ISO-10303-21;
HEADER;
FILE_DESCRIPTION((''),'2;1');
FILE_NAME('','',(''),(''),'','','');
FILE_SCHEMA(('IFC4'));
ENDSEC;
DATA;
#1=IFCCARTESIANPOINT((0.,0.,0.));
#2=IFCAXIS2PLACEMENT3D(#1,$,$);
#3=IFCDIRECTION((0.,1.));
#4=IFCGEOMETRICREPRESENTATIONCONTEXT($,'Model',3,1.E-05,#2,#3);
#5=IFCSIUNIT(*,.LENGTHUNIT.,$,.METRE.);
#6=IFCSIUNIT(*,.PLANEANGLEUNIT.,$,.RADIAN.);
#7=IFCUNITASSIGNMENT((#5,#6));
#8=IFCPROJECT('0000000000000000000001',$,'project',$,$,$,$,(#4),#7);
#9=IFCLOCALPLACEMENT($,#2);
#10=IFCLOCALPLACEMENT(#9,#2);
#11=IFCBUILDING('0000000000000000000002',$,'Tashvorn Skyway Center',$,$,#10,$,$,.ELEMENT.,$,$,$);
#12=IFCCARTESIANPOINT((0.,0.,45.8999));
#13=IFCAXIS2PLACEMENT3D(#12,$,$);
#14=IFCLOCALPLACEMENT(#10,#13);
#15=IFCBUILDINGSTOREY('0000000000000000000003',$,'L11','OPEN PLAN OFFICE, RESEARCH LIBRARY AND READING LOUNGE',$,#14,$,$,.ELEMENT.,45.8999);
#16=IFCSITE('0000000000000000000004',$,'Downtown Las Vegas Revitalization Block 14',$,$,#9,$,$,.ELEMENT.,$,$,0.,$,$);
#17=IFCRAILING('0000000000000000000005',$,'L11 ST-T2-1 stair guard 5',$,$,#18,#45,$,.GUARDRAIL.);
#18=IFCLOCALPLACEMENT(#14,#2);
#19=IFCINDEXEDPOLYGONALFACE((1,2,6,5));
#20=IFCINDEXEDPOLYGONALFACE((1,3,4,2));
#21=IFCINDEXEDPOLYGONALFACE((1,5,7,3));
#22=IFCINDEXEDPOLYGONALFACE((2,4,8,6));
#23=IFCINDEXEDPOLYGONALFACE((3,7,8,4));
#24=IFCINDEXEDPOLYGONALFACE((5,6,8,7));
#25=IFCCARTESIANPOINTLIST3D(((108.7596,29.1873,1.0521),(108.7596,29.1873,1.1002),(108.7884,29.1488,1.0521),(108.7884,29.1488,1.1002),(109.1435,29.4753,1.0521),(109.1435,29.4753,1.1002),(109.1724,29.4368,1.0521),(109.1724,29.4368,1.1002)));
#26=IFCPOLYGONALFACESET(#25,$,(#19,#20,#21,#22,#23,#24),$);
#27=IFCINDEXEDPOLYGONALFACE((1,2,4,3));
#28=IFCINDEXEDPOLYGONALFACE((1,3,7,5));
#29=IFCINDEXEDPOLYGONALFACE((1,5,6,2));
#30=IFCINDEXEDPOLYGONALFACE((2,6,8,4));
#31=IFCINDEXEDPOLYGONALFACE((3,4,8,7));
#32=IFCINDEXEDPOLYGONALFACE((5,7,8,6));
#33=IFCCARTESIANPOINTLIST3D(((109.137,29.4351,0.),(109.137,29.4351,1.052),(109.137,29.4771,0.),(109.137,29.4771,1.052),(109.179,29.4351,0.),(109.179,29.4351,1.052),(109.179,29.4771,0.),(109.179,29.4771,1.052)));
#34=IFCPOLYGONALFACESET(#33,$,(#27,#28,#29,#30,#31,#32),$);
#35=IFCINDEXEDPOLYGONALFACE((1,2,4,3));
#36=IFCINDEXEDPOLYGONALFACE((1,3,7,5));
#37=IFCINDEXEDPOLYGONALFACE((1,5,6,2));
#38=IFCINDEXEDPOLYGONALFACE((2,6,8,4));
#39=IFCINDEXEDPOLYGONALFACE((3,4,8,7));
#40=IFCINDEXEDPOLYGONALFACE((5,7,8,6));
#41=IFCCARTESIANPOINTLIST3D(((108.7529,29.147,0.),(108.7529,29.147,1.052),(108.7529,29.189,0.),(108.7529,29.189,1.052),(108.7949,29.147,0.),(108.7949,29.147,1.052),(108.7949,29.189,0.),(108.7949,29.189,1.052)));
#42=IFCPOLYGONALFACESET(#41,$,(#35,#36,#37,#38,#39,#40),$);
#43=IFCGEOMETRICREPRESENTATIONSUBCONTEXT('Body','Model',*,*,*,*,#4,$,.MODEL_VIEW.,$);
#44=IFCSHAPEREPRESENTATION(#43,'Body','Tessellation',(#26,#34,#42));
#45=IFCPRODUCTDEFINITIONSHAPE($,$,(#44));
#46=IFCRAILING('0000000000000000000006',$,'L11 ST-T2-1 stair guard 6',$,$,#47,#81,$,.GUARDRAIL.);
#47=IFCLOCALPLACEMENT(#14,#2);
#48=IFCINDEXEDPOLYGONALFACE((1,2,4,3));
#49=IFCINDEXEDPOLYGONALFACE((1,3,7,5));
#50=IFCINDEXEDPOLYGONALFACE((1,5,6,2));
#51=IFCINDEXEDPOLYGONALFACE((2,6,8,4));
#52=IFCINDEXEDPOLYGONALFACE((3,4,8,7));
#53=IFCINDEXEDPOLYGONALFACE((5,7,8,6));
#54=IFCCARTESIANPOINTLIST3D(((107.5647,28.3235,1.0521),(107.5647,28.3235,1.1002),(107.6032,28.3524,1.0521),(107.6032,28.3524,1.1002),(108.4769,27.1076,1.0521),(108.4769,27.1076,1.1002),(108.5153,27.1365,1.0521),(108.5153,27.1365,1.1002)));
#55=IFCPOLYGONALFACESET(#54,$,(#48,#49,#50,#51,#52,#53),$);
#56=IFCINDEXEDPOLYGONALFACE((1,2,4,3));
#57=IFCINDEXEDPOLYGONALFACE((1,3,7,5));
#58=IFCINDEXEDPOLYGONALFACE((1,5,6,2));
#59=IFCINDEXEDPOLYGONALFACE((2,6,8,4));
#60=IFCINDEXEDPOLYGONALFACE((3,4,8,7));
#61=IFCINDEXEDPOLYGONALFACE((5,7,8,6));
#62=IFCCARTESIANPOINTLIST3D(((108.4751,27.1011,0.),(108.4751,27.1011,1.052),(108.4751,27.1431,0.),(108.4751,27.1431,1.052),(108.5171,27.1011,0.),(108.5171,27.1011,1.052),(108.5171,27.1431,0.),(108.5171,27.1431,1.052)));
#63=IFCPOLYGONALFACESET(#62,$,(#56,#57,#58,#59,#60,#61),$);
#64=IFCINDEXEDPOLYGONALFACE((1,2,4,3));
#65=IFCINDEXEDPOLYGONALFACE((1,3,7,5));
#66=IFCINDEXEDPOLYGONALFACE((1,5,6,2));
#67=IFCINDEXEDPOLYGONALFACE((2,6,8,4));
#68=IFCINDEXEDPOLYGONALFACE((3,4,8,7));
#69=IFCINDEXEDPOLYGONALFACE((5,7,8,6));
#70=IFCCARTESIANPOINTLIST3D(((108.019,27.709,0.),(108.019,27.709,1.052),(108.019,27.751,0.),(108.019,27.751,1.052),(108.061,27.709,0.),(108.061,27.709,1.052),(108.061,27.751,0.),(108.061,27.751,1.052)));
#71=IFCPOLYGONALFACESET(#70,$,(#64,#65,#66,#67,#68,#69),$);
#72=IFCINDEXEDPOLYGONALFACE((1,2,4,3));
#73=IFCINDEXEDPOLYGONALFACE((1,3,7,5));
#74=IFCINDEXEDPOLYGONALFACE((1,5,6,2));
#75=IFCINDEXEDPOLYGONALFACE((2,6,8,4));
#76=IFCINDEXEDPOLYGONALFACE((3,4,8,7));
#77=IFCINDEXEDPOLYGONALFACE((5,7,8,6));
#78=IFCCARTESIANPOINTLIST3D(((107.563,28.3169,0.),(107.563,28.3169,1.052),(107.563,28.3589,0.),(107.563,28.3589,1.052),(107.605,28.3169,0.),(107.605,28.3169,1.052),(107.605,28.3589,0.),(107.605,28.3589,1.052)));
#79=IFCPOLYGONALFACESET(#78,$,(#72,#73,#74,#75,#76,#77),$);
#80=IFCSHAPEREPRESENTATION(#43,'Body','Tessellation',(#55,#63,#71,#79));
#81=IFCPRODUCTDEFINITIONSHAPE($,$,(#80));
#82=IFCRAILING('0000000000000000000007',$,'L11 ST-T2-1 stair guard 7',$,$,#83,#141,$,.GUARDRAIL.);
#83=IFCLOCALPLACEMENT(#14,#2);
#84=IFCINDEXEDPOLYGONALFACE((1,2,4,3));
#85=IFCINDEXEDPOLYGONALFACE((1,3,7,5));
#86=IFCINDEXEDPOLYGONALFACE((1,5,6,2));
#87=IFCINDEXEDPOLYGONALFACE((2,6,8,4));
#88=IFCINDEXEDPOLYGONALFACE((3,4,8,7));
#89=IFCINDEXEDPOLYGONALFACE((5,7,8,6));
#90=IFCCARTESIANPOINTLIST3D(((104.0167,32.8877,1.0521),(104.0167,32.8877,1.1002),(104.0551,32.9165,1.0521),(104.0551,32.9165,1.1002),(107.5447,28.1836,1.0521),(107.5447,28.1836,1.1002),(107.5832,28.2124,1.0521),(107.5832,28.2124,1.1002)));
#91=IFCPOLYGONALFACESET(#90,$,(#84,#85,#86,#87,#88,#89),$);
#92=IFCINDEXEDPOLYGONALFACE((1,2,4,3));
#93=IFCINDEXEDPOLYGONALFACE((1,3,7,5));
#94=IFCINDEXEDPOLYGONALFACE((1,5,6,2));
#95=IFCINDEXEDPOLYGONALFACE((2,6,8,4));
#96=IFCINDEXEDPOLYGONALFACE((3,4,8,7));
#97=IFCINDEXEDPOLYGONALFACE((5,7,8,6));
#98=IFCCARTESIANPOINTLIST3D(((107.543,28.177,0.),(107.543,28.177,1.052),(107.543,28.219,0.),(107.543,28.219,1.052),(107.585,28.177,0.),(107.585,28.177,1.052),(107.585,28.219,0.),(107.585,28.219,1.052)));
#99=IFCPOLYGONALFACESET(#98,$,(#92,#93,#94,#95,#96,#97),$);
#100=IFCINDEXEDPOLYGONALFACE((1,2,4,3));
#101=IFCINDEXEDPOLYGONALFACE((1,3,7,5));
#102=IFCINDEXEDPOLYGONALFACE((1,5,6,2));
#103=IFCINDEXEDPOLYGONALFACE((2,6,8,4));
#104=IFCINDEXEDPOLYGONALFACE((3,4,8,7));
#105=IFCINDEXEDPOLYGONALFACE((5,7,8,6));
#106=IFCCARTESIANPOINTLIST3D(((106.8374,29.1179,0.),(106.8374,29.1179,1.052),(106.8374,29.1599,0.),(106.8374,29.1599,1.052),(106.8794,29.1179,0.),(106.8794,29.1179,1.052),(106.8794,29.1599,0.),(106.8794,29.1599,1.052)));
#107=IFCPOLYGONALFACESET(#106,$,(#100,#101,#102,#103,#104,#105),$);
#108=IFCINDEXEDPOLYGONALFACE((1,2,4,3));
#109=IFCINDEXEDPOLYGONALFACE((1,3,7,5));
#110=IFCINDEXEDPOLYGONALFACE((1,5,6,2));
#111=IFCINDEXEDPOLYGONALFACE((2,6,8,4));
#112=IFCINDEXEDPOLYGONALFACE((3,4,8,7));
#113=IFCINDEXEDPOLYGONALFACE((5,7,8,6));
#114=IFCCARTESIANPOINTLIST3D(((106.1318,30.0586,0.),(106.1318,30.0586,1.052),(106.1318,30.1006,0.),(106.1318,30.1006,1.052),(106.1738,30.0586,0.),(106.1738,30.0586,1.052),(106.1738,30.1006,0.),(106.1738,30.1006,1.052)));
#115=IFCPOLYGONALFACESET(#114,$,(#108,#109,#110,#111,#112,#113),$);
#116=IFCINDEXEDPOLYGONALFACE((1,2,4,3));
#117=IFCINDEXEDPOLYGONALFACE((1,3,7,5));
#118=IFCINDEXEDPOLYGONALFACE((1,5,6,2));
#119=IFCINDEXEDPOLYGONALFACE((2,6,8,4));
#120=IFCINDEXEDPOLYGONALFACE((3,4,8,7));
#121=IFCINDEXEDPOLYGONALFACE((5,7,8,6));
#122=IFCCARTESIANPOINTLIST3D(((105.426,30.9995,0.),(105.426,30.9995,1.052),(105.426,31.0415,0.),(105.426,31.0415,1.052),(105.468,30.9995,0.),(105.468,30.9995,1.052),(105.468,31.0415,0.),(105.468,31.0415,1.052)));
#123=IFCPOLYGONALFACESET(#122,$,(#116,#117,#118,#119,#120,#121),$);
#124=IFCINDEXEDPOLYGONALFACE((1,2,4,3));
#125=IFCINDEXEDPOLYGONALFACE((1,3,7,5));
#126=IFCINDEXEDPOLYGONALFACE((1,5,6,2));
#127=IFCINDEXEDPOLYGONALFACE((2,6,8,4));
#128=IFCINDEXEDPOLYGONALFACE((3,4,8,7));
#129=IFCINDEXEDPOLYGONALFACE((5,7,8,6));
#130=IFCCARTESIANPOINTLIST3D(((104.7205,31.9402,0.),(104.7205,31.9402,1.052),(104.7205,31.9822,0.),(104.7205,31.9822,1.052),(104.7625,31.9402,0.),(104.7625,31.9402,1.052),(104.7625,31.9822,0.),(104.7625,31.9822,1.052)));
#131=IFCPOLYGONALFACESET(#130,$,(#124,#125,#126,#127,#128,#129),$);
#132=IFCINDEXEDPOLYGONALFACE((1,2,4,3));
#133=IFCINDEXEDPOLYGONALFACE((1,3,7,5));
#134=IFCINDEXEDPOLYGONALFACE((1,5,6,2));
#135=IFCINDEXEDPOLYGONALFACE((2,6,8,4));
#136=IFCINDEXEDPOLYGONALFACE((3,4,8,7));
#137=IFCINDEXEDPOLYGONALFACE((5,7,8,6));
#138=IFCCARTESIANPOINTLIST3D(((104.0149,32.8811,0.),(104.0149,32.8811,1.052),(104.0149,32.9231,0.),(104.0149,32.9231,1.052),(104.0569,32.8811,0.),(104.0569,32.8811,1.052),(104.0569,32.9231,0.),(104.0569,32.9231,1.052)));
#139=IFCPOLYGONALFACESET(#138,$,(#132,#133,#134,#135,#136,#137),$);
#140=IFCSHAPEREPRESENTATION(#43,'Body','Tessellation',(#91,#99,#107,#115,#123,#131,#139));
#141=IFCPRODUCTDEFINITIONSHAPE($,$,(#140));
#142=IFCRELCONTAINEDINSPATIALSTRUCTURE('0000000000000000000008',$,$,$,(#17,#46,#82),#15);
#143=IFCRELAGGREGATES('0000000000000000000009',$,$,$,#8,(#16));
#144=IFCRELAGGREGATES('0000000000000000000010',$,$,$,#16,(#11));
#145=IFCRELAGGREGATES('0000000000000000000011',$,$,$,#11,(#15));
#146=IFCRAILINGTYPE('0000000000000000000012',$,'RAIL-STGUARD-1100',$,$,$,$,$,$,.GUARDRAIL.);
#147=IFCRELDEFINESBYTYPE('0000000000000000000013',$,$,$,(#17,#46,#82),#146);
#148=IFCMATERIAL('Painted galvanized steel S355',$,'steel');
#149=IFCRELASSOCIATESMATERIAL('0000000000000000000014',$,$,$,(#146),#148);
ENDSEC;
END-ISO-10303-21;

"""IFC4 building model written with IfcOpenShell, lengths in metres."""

from ifc_helpers import new_model, si_unit, direction, frame, origin, origin_2d, place, context, subcontext, project, spatial, rectangle, extrude, material, type_object, element, save


model = new_model("IFC4")

# Units and contexts
model_context = context("Model", 3, precision=1e-05, world=origin(), true_north=direction((0.0, 1.0)))
body_context = subcontext(model_context, "Body", "Model", "MODEL_VIEW")
ifc_project = project(units=[si_unit("LENGTHUNIT", "METRE"), si_unit("PLANEANGLEUNIT", "RADIAN")], contexts=[model_context])

# Site, building, storey
site_placement = place(None, origin())
site = spatial("IfcSite", under=ifc_project, at=site_placement, Name="Downtown Las Vegas Revitalization Block 14", CompositionType="ELEMENT", RefElevation=0.0)
building_placement = place(site_placement, origin())
building = spatial("IfcBuilding", under=site, at=building_placement, Name="Tashvorn Skyway Center", CompositionType="ELEMENT")
storey_placement = place(building_placement, frame((0.0, 0.0, 45.8999)))
storey = spatial("IfcBuildingStorey", under=building, at=storey_placement, Name="L11", Description="OPEN PLAN OFFICE, RESEARCH LIBRARY AND READING LOUNGE", CompositionType="ELEMENT", Elevation=45.8999)

# Railings
ifc_material_1 = material(Name="Painted galvanized steel S355", Category="steel")
railing_type_1 = type_object("IfcRailingType", Name="RAIL-STGUARD-1100", PredefinedType="GUARDRAIL", material=ifc_material_1)
railing_1_placement = place(storey_placement, frame((109.158, 29.4561, 0.0)))
element("IfcRailing", 1, at=railing_1_placement, inside=storey, type_object=railing_type_1, Name="L11 ST-T2-1 stair guard 5", PredefinedType="GUARDRAIL", context=body_context, shape_type="SweptSolid", body=[
    extrude(rectangle(XDim=0.0481, YDim=0.0481, at=origin_2d()), frame((0.0, 0.0, 1.0762), z_axis=(-0.799939, -0.600081, 0.0), x_axis=(0.600081, -0.799939, 0.0)), (0.0, 0.0, 1.0), 0.48),
    extrude(rectangle(XDim=0.042, YDim=0.042, at=origin_2d()), origin(), (0.0, 0.0, 1.0), 1.052),
    extrude(rectangle(XDim=0.042, YDim=0.042, at=origin_2d()), frame((-0.384, -0.2881, 0.0)), (0.0, 0.0, 1.0), 1.052),
])
railing_2_placement = place(storey_placement, frame((108.4961, 27.1221, 0.0)))
element("IfcRailing", 2, at=railing_2_placement, inside=storey, type_object=railing_type_1, Name="L11 ST-T2-1 stair guard 6", PredefinedType="GUARDRAIL", context=body_context, shape_type="SweptSolid", body=[
    extrude(rectangle(XDim=0.0481, YDim=0.0481, at=origin_2d()), frame((0.0, 0.0, 1.0762), z_axis=(-0.600103, 0.799923, 0.0), x_axis=(-0.799923, -0.600103, 0.0)), (0.0, 0.0, 1.0), 1.52),
    extrude(rectangle(XDim=0.042, YDim=0.042, at=origin_2d()), origin(), (0.0, 0.0, 1.0), 1.052),
    extrude(rectangle(XDim=0.042, YDim=0.042, at=origin_2d()), frame((-0.4561, 0.6079, 0.0)), (0.0, 0.0, 1.0), 1.052),
    extrude(rectangle(XDim=0.042, YDim=0.042, at=origin_2d()), frame((-0.9121, 1.2158, 0.0)), (0.0, 0.0, 1.0), 1.052),
])
railing_3_placement = place(storey_placement, frame((107.564, 28.198, 0.0)))
element("IfcRailing", 3, at=railing_3_placement, inside=storey, type_object=railing_type_1, Name="L11 ST-T2-1 stair guard 7", PredefinedType="GUARDRAIL", context=body_context, shape_type="SweptSolid", body=[
    extrude(rectangle(XDim=0.0481, YDim=0.0481, at=origin_2d()), frame((0.0, 0.0, 1.0762), z_axis=(-0.6, 0.8, 0.0), x_axis=(-0.8, -0.6, 0.0)), (0.0, 0.0, 1.0), 5.8801),
    extrude(rectangle(XDim=0.042, YDim=0.042, at=origin_2d()), origin(), (0.0, 0.0, 1.0), 1.052),
    extrude(rectangle(XDim=0.042, YDim=0.042, at=origin_2d()), frame((-0.7056, 0.9409, 0.0)), (0.0, 0.0, 1.0), 1.052),
    extrude(rectangle(XDim=0.042, YDim=0.042, at=origin_2d()), frame((-1.4111, 1.8816, 0.0)), (0.0, 0.0, 1.0), 1.052),
    extrude(rectangle(XDim=0.042, YDim=0.042, at=origin_2d()), frame((-2.1169, 2.8225, 0.0)), (0.0, 0.0, 1.0), 1.052),
    extrude(rectangle(XDim=0.042, YDim=0.042, at=origin_2d()), frame((-2.8225, 3.7632, 0.0)), (0.0, 0.0, 1.0), 1.052),
    extrude(rectangle(XDim=0.042, YDim=0.042, at=origin_2d()), frame((-3.5281, 4.7041, 0.0)), (0.0, 0.0, 1.0), 1.052),
])

save(model, "model.ifc")
